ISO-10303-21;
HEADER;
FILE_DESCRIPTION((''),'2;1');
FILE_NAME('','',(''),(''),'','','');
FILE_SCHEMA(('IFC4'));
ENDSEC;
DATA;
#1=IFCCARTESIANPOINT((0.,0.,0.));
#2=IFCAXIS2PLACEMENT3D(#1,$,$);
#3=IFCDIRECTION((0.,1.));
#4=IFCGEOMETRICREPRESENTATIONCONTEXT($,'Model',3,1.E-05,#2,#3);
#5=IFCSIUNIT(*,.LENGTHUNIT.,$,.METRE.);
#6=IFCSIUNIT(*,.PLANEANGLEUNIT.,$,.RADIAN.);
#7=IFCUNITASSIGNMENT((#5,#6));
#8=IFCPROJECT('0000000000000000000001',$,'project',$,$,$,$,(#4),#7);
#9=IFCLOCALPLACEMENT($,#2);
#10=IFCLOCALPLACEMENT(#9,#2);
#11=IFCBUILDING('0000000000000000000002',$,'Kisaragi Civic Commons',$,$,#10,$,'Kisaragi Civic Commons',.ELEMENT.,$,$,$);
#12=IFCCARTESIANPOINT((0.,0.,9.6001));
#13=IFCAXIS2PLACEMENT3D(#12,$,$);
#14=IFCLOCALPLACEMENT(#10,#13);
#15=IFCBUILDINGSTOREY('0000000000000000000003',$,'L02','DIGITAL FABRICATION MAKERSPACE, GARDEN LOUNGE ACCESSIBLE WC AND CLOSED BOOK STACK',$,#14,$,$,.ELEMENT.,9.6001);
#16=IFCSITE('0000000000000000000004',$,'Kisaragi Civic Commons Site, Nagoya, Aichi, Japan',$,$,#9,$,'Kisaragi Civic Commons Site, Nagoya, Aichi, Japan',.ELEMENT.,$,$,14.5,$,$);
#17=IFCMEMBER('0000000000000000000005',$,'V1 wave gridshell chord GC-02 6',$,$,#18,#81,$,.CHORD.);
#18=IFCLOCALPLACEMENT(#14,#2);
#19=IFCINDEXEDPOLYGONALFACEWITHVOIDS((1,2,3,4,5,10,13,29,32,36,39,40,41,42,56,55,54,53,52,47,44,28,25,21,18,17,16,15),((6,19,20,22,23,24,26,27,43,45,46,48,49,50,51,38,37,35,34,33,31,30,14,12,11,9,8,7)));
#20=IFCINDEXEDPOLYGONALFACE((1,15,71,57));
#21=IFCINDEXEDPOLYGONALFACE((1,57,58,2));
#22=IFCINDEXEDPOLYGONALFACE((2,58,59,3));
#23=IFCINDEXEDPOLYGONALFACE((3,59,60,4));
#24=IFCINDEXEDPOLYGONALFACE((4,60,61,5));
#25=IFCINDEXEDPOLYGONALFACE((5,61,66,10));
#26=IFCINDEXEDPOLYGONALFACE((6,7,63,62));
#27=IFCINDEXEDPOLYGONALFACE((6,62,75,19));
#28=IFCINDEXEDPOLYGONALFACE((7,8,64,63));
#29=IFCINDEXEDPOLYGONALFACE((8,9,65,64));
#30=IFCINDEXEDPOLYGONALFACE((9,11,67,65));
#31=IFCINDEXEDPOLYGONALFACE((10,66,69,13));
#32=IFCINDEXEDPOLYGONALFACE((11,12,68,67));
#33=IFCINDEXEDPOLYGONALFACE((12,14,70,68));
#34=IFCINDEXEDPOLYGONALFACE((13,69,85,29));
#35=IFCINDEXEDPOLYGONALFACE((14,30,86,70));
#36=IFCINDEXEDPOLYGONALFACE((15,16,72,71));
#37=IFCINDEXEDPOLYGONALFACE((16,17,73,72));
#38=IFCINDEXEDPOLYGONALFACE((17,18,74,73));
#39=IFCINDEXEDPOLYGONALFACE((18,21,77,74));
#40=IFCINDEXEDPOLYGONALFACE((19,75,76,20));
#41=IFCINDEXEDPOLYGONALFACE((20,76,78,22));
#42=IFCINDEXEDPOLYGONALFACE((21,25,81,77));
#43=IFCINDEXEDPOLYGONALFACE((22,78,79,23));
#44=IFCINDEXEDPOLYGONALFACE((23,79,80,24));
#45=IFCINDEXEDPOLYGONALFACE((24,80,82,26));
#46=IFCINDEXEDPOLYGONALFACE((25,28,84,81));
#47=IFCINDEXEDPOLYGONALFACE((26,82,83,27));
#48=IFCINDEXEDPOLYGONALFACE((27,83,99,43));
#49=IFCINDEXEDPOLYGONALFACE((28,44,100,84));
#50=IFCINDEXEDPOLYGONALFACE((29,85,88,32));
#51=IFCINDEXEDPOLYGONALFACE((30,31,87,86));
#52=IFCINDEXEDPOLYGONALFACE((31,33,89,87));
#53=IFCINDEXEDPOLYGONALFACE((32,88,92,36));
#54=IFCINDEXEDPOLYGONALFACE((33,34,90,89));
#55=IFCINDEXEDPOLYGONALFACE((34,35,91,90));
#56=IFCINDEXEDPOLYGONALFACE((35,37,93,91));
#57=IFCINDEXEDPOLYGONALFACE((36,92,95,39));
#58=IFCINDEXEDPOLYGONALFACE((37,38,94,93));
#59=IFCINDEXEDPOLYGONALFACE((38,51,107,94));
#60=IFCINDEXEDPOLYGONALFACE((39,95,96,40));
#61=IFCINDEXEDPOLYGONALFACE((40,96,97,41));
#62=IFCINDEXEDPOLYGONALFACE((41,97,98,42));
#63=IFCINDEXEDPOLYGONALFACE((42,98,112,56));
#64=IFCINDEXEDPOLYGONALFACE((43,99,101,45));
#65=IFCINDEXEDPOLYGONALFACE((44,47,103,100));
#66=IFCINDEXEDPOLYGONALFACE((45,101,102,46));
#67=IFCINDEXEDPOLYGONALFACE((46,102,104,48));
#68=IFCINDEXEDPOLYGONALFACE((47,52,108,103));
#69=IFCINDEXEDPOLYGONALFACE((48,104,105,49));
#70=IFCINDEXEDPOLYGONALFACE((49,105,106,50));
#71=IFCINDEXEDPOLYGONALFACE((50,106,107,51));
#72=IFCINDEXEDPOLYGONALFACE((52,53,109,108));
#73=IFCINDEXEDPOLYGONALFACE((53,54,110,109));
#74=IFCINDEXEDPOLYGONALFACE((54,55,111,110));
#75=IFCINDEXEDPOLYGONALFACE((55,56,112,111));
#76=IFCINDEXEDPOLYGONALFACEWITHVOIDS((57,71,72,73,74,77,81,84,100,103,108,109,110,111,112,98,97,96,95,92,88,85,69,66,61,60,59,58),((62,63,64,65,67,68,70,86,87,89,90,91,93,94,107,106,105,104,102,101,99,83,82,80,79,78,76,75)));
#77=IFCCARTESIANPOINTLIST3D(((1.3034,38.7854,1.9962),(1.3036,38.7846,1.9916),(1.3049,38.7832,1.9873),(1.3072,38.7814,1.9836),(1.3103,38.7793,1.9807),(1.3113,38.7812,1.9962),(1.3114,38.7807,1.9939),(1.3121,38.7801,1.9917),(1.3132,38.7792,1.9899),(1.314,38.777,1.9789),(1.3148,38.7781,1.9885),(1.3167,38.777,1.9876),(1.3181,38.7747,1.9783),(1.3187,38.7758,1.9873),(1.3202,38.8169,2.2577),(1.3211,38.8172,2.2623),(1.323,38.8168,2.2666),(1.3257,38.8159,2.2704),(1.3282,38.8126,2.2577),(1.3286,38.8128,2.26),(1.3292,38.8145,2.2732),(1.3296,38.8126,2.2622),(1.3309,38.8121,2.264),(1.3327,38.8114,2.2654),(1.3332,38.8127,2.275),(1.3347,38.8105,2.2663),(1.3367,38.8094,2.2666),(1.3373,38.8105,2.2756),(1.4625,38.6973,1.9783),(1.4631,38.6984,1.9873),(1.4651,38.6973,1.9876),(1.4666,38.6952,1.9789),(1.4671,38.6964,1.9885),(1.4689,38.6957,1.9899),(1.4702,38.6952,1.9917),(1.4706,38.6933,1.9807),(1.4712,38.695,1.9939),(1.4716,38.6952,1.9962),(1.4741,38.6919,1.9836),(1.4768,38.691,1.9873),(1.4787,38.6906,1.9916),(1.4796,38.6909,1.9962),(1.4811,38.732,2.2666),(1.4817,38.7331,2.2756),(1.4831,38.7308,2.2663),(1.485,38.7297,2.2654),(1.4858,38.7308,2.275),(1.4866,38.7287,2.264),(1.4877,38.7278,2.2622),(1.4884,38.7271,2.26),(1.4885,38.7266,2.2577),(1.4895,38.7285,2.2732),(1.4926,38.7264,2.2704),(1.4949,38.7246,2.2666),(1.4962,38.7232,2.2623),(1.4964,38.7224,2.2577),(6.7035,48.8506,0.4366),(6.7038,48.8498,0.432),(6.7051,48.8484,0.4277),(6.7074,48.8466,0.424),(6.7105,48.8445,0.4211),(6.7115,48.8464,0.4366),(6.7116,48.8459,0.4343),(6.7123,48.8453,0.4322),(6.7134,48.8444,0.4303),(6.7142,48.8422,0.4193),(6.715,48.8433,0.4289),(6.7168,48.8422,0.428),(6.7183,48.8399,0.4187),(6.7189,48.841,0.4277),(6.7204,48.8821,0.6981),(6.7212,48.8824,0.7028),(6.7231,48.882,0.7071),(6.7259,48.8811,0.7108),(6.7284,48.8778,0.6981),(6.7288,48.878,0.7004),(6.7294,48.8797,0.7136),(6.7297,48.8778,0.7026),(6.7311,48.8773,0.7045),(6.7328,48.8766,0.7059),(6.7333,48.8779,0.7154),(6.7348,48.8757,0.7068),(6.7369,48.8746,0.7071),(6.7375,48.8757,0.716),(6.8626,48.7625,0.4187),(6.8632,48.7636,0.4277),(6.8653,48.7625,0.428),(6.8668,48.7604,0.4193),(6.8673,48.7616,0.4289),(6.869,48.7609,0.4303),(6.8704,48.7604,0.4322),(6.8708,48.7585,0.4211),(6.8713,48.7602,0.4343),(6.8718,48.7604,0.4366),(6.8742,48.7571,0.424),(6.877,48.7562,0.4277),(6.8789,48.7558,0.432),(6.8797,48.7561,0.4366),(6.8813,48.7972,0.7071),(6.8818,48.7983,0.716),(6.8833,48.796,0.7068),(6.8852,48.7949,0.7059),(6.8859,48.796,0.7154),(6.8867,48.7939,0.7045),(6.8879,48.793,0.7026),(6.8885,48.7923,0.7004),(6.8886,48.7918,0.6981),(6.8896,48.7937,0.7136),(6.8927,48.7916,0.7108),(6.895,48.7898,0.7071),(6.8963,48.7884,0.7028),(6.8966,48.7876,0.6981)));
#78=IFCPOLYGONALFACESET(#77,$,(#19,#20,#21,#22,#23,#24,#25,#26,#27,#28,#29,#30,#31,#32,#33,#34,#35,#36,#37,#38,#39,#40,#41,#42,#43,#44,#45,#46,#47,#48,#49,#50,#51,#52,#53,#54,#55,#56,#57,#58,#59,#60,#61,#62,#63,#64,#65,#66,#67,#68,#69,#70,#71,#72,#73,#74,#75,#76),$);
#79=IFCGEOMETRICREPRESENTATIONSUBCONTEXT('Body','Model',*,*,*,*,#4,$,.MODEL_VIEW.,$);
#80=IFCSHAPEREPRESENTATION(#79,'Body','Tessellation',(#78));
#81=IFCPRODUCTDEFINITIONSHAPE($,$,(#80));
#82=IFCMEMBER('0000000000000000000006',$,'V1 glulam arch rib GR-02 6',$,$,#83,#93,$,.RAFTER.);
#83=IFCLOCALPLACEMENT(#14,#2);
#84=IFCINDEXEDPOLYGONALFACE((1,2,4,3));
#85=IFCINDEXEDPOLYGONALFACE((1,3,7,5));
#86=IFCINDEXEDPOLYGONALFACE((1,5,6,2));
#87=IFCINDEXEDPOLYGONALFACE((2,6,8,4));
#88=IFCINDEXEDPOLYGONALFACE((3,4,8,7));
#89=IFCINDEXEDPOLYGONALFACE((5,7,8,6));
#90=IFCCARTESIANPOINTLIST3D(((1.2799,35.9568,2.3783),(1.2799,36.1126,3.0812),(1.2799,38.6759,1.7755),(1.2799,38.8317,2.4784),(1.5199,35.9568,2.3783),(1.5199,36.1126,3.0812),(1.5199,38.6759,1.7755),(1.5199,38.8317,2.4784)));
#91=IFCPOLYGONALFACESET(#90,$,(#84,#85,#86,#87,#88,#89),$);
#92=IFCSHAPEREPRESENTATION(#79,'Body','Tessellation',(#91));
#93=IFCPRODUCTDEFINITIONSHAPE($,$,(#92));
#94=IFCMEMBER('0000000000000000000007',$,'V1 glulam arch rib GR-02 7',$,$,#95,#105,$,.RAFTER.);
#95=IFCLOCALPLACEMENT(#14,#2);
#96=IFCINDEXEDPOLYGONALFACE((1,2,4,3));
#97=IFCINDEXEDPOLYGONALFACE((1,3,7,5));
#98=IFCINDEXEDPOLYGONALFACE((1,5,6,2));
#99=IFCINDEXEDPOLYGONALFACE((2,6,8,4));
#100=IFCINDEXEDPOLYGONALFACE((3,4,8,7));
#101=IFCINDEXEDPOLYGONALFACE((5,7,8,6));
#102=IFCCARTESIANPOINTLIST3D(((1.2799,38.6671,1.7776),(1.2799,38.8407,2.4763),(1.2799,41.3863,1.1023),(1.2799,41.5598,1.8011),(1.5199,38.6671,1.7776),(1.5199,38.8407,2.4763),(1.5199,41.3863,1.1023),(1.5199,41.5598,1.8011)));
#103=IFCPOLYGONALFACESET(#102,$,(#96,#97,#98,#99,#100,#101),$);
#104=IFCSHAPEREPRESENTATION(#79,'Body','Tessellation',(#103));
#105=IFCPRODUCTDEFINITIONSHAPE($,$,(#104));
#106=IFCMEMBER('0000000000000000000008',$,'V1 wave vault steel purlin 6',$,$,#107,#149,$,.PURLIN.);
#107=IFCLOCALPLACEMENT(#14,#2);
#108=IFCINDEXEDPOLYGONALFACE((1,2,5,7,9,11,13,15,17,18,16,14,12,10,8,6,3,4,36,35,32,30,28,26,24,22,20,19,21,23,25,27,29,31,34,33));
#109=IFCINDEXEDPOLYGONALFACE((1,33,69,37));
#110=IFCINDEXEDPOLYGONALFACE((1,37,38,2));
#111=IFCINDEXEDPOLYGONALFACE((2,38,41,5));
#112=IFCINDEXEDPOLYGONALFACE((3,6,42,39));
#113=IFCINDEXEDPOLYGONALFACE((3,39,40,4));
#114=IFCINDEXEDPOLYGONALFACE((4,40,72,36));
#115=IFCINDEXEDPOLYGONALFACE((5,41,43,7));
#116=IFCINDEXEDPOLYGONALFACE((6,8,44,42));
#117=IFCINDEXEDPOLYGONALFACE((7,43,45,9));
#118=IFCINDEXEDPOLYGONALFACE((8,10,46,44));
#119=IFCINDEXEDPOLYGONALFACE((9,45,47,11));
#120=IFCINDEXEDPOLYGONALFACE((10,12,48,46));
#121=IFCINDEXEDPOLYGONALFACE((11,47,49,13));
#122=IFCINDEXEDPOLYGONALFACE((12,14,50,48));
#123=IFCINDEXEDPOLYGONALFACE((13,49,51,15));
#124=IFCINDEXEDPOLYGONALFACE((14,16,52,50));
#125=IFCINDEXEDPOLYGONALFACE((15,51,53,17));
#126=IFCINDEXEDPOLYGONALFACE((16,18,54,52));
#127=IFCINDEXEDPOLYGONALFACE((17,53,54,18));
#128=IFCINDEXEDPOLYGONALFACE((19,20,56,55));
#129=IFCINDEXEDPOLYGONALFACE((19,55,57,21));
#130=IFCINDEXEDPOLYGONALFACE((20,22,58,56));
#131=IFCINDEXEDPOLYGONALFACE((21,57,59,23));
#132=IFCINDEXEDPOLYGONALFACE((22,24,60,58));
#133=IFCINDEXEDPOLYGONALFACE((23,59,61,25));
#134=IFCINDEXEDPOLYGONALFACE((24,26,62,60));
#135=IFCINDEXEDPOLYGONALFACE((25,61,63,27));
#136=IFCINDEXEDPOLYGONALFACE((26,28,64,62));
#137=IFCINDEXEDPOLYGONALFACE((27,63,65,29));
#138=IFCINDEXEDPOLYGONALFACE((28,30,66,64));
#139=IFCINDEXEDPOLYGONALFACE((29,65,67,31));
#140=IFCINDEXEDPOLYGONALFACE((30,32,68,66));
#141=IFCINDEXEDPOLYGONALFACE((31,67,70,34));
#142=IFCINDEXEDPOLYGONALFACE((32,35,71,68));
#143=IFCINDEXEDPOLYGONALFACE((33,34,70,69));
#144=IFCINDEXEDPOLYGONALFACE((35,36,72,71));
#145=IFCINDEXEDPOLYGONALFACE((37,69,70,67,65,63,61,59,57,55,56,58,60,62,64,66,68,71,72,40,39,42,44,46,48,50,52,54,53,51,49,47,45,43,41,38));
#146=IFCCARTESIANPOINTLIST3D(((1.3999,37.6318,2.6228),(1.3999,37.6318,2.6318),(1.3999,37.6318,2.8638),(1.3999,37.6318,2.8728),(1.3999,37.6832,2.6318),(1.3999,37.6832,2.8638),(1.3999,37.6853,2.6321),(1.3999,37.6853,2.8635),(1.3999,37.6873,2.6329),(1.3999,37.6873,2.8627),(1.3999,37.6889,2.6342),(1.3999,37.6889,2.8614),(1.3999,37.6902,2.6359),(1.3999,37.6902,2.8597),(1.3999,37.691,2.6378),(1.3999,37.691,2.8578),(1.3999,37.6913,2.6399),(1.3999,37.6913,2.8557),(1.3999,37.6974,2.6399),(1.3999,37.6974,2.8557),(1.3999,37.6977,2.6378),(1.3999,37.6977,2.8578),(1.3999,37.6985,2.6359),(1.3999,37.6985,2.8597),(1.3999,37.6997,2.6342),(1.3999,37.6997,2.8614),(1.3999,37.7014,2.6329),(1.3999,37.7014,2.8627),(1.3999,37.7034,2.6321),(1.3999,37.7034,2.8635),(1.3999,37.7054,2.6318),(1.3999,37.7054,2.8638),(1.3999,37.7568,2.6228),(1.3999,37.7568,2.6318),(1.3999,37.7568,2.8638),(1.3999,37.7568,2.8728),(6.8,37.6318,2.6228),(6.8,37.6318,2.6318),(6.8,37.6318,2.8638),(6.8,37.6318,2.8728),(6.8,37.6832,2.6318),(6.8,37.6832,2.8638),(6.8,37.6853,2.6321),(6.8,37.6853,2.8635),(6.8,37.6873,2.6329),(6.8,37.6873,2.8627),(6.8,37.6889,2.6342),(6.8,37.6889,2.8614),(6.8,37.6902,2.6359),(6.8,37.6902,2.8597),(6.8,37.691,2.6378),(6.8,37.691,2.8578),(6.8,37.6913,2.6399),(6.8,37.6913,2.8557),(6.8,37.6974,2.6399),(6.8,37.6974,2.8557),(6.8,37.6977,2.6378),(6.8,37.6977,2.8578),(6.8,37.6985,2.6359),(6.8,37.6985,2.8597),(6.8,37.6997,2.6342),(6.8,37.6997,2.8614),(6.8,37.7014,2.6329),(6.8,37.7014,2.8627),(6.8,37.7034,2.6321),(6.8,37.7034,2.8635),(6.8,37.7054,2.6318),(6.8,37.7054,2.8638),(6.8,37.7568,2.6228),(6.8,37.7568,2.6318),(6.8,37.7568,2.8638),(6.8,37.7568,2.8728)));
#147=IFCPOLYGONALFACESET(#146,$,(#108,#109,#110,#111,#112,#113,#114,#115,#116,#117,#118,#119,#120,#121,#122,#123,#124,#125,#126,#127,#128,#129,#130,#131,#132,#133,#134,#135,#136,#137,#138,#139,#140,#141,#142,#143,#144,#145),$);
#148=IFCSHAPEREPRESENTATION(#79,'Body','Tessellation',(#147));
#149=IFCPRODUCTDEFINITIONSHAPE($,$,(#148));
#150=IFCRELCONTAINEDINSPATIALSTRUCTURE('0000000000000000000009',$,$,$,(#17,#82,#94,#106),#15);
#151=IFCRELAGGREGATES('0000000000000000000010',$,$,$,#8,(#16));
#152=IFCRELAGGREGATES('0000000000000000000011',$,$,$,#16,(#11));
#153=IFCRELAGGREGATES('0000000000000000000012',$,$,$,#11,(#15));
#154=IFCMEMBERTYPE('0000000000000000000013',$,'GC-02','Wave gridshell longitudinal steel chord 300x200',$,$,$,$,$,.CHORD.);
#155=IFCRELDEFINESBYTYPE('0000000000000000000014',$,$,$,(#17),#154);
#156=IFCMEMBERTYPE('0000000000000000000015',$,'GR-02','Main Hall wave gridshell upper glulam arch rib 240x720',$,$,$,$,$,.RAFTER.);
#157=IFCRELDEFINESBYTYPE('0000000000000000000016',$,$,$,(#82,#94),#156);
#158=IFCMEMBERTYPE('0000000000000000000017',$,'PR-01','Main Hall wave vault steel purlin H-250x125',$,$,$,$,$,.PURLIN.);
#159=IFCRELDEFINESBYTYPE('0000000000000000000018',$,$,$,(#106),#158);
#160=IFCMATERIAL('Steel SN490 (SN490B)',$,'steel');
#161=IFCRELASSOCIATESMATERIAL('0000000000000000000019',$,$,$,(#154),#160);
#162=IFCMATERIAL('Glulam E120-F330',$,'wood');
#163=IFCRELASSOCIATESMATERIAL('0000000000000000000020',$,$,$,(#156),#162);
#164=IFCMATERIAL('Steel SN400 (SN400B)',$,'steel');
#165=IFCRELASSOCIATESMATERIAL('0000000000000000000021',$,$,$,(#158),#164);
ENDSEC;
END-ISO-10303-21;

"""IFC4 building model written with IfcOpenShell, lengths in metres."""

from ifc_helpers import new_model, si_unit, direction, frame, origin, origin_2d, place, context, subcontext, project, spatial, rectangle, hollow_rectangle, i_section, extrude, material, material_profile, profile_set, type_object, element, save


model = new_model("IFC4")

# Units and contexts
model_context = context("Model", 3, precision=1e-05, world=origin(), true_north=direction((0.0, 1.0)))
body_context = subcontext(model_context, "Body", "Model", "MODEL_VIEW")
ifc_project = project(units=[si_unit("LENGTHUNIT", "METRE"), si_unit("PLANEANGLEUNIT", "RADIAN")], contexts=[model_context])

# Site, building, storey
site_placement = place(None, origin())
site = spatial("IfcSite", under=ifc_project, at=site_placement, Name="Kisaragi Civic Commons Site, Nagoya, Aichi, Japan", LongName="Kisaragi Civic Commons Site, Nagoya, Aichi, Japan", CompositionType="ELEMENT", RefElevation=14.5)
building_placement = place(site_placement, origin())
building = spatial("IfcBuilding", under=site, at=building_placement, Name="Kisaragi Civic Commons", LongName="Kisaragi Civic Commons", CompositionType="ELEMENT")
storey_placement = place(building_placement, frame((0.0, 0.0, 9.6001)))
storey = spatial("IfcBuildingStorey", under=building, at=storey_placement, Name="L02", Description="DIGITAL FABRICATION MAKERSPACE, GARDEN LOUNGE ACCESSIBLE WC AND CLOSED BOOK STACK", CompositionType="ELEMENT", Elevation=9.6001)

# Shared definitions
ifc_material_1 = material(Name="Steel SN400 (SN400B)", Category="steel")

# Members
ifc_material_2 = material(Name="Steel SN490 (SN490B)", Category="steel")
ifc_material_profile_1 = material_profile(ifc_material_2, hollow_rectangle(XDim=0.2, YDim=0.3, WallThickness=0.009, InnerFilletRadius=0.009, OuterFilletRadius=0.0181, at=origin_2d()), Name="STKR-300x200x9", Category="steel")
ifc_profile_set_1 = profile_set([ifc_material_profile_1], Name="Steel SN490 (SN490B)")
member_type_1 = type_object("IfcMemberType", Name="GC-02", Description="Wave gridshell longitudinal steel chord 300x200", PredefinedType="CHORD", material=ifc_profile_set_1)
member_1_placement = place(storey_placement, frame((1.3999, 38.7539, 2.127), z_axis=(0.468425, 0.873085, -0.135282), x_axis=(-0.881185, 0.472771, 0.0)))
element("IfcMember", 1, at=member_1_placement, inside=storey, type_object=member_type_1, Name="V1 wave gridshell chord GC-02 6", PredefinedType="CHORD", context=body_context, shape_type="SweptSolid", body=[
    extrude(hollow_rectangle(XDim=0.2, YDim=0.3, WallThickness=0.009, InnerFilletRadius=0.009, OuterFilletRadius=0.0181, at=origin_2d()), origin(), (0.0, 0.0, 1.0), 11.5283),
])
ifc_material_3 = material(Name="Glulam E120-F330", Category="wood")
ifc_material_profile_2 = material_profile(ifc_material_3, rectangle(XDim=0.24, YDim=0.72, at=origin_2d()), Name="GL-240x720", Category="wood")
ifc_profile_set_2 = profile_set([ifc_material_profile_2], Name="Glulam E120-F330")
member_type_2 = type_object("IfcMemberType", Name="GR-02", Description="Main Hall wave gridshell upper glulam arch rib 240x720", PredefinedType="RAFTER", material=ifc_profile_set_2)
member_2_placement = place(storey_placement, frame((1.3999, 36.0347, 2.7297), z_axis=(0.0, 0.9763, -0.21642), x_axis=(-1.0, 0.0, 0.0)))
element("IfcMember", 2, at=member_2_placement, inside=storey, type_object=member_type_2, Name="V1 glulam arch rib GR-02 6", PredefinedType="RAFTER", context=body_context, shape_type="SweptSolid", body=[
    extrude(rectangle(XDim=0.24, YDim=0.72, at=origin_2d()), origin(), (0.0, 0.0, 1.0), 2.7852),
])
member_3_placement = place(storey_placement, frame((1.3999, 38.7539, 2.127), z_axis=(0.0, 0.970521, -0.241018), x_axis=(-1.0, 0.0, 0.0)))
element("IfcMember", 3, at=member_3_placement, inside=storey, type_object=member_type_2, Name="V1 glulam arch rib GR-02 7", PredefinedType="RAFTER", context=body_context, shape_type="SweptSolid", body=[
    extrude(rectangle(XDim=0.24, YDim=0.72, at=origin_2d()), origin(), (0.0, 0.0, 1.0), 2.8018),
])
ifc_material_profile_3 = material_profile(ifc_material_1, i_section(OverallWidth=0.125, OverallDepth=0.25, WebThickness=0.0061, FlangeThickness=0.009, FilletRadius=0.0081, at=origin_2d()), Name="H-250x125x6x9", Category="steel")
ifc_profile_set_3 = profile_set([ifc_material_profile_3], Name="Steel SN400 (SN400B)")
member_type_3 = type_object("IfcMemberType", Name="PR-01", Description="Main Hall wave vault steel purlin H-250x125", PredefinedType="PURLIN", material=ifc_profile_set_3)
member_4_placement = place(storey_placement, frame((1.3999, 37.6943, 2.7478), z_axis=(1.0, 0.0, 0.0), x_axis=(0.0, 1.0, 0.0)))
element("IfcMember", 4, at=member_4_placement, inside=storey, type_object=member_type_3, Name="V1 wave vault steel purlin 6", PredefinedType="PURLIN", context=body_context, shape_type="SweptSolid", body=[
    extrude(i_section(OverallWidth=0.125, OverallDepth=0.25, WebThickness=0.0061, FlangeThickness=0.009, FilletRadius=0.0081, at=origin_2d()), origin(), (0.0, 0.0, 1.0), 5.4001),
])

save(model, "model.ifc")
